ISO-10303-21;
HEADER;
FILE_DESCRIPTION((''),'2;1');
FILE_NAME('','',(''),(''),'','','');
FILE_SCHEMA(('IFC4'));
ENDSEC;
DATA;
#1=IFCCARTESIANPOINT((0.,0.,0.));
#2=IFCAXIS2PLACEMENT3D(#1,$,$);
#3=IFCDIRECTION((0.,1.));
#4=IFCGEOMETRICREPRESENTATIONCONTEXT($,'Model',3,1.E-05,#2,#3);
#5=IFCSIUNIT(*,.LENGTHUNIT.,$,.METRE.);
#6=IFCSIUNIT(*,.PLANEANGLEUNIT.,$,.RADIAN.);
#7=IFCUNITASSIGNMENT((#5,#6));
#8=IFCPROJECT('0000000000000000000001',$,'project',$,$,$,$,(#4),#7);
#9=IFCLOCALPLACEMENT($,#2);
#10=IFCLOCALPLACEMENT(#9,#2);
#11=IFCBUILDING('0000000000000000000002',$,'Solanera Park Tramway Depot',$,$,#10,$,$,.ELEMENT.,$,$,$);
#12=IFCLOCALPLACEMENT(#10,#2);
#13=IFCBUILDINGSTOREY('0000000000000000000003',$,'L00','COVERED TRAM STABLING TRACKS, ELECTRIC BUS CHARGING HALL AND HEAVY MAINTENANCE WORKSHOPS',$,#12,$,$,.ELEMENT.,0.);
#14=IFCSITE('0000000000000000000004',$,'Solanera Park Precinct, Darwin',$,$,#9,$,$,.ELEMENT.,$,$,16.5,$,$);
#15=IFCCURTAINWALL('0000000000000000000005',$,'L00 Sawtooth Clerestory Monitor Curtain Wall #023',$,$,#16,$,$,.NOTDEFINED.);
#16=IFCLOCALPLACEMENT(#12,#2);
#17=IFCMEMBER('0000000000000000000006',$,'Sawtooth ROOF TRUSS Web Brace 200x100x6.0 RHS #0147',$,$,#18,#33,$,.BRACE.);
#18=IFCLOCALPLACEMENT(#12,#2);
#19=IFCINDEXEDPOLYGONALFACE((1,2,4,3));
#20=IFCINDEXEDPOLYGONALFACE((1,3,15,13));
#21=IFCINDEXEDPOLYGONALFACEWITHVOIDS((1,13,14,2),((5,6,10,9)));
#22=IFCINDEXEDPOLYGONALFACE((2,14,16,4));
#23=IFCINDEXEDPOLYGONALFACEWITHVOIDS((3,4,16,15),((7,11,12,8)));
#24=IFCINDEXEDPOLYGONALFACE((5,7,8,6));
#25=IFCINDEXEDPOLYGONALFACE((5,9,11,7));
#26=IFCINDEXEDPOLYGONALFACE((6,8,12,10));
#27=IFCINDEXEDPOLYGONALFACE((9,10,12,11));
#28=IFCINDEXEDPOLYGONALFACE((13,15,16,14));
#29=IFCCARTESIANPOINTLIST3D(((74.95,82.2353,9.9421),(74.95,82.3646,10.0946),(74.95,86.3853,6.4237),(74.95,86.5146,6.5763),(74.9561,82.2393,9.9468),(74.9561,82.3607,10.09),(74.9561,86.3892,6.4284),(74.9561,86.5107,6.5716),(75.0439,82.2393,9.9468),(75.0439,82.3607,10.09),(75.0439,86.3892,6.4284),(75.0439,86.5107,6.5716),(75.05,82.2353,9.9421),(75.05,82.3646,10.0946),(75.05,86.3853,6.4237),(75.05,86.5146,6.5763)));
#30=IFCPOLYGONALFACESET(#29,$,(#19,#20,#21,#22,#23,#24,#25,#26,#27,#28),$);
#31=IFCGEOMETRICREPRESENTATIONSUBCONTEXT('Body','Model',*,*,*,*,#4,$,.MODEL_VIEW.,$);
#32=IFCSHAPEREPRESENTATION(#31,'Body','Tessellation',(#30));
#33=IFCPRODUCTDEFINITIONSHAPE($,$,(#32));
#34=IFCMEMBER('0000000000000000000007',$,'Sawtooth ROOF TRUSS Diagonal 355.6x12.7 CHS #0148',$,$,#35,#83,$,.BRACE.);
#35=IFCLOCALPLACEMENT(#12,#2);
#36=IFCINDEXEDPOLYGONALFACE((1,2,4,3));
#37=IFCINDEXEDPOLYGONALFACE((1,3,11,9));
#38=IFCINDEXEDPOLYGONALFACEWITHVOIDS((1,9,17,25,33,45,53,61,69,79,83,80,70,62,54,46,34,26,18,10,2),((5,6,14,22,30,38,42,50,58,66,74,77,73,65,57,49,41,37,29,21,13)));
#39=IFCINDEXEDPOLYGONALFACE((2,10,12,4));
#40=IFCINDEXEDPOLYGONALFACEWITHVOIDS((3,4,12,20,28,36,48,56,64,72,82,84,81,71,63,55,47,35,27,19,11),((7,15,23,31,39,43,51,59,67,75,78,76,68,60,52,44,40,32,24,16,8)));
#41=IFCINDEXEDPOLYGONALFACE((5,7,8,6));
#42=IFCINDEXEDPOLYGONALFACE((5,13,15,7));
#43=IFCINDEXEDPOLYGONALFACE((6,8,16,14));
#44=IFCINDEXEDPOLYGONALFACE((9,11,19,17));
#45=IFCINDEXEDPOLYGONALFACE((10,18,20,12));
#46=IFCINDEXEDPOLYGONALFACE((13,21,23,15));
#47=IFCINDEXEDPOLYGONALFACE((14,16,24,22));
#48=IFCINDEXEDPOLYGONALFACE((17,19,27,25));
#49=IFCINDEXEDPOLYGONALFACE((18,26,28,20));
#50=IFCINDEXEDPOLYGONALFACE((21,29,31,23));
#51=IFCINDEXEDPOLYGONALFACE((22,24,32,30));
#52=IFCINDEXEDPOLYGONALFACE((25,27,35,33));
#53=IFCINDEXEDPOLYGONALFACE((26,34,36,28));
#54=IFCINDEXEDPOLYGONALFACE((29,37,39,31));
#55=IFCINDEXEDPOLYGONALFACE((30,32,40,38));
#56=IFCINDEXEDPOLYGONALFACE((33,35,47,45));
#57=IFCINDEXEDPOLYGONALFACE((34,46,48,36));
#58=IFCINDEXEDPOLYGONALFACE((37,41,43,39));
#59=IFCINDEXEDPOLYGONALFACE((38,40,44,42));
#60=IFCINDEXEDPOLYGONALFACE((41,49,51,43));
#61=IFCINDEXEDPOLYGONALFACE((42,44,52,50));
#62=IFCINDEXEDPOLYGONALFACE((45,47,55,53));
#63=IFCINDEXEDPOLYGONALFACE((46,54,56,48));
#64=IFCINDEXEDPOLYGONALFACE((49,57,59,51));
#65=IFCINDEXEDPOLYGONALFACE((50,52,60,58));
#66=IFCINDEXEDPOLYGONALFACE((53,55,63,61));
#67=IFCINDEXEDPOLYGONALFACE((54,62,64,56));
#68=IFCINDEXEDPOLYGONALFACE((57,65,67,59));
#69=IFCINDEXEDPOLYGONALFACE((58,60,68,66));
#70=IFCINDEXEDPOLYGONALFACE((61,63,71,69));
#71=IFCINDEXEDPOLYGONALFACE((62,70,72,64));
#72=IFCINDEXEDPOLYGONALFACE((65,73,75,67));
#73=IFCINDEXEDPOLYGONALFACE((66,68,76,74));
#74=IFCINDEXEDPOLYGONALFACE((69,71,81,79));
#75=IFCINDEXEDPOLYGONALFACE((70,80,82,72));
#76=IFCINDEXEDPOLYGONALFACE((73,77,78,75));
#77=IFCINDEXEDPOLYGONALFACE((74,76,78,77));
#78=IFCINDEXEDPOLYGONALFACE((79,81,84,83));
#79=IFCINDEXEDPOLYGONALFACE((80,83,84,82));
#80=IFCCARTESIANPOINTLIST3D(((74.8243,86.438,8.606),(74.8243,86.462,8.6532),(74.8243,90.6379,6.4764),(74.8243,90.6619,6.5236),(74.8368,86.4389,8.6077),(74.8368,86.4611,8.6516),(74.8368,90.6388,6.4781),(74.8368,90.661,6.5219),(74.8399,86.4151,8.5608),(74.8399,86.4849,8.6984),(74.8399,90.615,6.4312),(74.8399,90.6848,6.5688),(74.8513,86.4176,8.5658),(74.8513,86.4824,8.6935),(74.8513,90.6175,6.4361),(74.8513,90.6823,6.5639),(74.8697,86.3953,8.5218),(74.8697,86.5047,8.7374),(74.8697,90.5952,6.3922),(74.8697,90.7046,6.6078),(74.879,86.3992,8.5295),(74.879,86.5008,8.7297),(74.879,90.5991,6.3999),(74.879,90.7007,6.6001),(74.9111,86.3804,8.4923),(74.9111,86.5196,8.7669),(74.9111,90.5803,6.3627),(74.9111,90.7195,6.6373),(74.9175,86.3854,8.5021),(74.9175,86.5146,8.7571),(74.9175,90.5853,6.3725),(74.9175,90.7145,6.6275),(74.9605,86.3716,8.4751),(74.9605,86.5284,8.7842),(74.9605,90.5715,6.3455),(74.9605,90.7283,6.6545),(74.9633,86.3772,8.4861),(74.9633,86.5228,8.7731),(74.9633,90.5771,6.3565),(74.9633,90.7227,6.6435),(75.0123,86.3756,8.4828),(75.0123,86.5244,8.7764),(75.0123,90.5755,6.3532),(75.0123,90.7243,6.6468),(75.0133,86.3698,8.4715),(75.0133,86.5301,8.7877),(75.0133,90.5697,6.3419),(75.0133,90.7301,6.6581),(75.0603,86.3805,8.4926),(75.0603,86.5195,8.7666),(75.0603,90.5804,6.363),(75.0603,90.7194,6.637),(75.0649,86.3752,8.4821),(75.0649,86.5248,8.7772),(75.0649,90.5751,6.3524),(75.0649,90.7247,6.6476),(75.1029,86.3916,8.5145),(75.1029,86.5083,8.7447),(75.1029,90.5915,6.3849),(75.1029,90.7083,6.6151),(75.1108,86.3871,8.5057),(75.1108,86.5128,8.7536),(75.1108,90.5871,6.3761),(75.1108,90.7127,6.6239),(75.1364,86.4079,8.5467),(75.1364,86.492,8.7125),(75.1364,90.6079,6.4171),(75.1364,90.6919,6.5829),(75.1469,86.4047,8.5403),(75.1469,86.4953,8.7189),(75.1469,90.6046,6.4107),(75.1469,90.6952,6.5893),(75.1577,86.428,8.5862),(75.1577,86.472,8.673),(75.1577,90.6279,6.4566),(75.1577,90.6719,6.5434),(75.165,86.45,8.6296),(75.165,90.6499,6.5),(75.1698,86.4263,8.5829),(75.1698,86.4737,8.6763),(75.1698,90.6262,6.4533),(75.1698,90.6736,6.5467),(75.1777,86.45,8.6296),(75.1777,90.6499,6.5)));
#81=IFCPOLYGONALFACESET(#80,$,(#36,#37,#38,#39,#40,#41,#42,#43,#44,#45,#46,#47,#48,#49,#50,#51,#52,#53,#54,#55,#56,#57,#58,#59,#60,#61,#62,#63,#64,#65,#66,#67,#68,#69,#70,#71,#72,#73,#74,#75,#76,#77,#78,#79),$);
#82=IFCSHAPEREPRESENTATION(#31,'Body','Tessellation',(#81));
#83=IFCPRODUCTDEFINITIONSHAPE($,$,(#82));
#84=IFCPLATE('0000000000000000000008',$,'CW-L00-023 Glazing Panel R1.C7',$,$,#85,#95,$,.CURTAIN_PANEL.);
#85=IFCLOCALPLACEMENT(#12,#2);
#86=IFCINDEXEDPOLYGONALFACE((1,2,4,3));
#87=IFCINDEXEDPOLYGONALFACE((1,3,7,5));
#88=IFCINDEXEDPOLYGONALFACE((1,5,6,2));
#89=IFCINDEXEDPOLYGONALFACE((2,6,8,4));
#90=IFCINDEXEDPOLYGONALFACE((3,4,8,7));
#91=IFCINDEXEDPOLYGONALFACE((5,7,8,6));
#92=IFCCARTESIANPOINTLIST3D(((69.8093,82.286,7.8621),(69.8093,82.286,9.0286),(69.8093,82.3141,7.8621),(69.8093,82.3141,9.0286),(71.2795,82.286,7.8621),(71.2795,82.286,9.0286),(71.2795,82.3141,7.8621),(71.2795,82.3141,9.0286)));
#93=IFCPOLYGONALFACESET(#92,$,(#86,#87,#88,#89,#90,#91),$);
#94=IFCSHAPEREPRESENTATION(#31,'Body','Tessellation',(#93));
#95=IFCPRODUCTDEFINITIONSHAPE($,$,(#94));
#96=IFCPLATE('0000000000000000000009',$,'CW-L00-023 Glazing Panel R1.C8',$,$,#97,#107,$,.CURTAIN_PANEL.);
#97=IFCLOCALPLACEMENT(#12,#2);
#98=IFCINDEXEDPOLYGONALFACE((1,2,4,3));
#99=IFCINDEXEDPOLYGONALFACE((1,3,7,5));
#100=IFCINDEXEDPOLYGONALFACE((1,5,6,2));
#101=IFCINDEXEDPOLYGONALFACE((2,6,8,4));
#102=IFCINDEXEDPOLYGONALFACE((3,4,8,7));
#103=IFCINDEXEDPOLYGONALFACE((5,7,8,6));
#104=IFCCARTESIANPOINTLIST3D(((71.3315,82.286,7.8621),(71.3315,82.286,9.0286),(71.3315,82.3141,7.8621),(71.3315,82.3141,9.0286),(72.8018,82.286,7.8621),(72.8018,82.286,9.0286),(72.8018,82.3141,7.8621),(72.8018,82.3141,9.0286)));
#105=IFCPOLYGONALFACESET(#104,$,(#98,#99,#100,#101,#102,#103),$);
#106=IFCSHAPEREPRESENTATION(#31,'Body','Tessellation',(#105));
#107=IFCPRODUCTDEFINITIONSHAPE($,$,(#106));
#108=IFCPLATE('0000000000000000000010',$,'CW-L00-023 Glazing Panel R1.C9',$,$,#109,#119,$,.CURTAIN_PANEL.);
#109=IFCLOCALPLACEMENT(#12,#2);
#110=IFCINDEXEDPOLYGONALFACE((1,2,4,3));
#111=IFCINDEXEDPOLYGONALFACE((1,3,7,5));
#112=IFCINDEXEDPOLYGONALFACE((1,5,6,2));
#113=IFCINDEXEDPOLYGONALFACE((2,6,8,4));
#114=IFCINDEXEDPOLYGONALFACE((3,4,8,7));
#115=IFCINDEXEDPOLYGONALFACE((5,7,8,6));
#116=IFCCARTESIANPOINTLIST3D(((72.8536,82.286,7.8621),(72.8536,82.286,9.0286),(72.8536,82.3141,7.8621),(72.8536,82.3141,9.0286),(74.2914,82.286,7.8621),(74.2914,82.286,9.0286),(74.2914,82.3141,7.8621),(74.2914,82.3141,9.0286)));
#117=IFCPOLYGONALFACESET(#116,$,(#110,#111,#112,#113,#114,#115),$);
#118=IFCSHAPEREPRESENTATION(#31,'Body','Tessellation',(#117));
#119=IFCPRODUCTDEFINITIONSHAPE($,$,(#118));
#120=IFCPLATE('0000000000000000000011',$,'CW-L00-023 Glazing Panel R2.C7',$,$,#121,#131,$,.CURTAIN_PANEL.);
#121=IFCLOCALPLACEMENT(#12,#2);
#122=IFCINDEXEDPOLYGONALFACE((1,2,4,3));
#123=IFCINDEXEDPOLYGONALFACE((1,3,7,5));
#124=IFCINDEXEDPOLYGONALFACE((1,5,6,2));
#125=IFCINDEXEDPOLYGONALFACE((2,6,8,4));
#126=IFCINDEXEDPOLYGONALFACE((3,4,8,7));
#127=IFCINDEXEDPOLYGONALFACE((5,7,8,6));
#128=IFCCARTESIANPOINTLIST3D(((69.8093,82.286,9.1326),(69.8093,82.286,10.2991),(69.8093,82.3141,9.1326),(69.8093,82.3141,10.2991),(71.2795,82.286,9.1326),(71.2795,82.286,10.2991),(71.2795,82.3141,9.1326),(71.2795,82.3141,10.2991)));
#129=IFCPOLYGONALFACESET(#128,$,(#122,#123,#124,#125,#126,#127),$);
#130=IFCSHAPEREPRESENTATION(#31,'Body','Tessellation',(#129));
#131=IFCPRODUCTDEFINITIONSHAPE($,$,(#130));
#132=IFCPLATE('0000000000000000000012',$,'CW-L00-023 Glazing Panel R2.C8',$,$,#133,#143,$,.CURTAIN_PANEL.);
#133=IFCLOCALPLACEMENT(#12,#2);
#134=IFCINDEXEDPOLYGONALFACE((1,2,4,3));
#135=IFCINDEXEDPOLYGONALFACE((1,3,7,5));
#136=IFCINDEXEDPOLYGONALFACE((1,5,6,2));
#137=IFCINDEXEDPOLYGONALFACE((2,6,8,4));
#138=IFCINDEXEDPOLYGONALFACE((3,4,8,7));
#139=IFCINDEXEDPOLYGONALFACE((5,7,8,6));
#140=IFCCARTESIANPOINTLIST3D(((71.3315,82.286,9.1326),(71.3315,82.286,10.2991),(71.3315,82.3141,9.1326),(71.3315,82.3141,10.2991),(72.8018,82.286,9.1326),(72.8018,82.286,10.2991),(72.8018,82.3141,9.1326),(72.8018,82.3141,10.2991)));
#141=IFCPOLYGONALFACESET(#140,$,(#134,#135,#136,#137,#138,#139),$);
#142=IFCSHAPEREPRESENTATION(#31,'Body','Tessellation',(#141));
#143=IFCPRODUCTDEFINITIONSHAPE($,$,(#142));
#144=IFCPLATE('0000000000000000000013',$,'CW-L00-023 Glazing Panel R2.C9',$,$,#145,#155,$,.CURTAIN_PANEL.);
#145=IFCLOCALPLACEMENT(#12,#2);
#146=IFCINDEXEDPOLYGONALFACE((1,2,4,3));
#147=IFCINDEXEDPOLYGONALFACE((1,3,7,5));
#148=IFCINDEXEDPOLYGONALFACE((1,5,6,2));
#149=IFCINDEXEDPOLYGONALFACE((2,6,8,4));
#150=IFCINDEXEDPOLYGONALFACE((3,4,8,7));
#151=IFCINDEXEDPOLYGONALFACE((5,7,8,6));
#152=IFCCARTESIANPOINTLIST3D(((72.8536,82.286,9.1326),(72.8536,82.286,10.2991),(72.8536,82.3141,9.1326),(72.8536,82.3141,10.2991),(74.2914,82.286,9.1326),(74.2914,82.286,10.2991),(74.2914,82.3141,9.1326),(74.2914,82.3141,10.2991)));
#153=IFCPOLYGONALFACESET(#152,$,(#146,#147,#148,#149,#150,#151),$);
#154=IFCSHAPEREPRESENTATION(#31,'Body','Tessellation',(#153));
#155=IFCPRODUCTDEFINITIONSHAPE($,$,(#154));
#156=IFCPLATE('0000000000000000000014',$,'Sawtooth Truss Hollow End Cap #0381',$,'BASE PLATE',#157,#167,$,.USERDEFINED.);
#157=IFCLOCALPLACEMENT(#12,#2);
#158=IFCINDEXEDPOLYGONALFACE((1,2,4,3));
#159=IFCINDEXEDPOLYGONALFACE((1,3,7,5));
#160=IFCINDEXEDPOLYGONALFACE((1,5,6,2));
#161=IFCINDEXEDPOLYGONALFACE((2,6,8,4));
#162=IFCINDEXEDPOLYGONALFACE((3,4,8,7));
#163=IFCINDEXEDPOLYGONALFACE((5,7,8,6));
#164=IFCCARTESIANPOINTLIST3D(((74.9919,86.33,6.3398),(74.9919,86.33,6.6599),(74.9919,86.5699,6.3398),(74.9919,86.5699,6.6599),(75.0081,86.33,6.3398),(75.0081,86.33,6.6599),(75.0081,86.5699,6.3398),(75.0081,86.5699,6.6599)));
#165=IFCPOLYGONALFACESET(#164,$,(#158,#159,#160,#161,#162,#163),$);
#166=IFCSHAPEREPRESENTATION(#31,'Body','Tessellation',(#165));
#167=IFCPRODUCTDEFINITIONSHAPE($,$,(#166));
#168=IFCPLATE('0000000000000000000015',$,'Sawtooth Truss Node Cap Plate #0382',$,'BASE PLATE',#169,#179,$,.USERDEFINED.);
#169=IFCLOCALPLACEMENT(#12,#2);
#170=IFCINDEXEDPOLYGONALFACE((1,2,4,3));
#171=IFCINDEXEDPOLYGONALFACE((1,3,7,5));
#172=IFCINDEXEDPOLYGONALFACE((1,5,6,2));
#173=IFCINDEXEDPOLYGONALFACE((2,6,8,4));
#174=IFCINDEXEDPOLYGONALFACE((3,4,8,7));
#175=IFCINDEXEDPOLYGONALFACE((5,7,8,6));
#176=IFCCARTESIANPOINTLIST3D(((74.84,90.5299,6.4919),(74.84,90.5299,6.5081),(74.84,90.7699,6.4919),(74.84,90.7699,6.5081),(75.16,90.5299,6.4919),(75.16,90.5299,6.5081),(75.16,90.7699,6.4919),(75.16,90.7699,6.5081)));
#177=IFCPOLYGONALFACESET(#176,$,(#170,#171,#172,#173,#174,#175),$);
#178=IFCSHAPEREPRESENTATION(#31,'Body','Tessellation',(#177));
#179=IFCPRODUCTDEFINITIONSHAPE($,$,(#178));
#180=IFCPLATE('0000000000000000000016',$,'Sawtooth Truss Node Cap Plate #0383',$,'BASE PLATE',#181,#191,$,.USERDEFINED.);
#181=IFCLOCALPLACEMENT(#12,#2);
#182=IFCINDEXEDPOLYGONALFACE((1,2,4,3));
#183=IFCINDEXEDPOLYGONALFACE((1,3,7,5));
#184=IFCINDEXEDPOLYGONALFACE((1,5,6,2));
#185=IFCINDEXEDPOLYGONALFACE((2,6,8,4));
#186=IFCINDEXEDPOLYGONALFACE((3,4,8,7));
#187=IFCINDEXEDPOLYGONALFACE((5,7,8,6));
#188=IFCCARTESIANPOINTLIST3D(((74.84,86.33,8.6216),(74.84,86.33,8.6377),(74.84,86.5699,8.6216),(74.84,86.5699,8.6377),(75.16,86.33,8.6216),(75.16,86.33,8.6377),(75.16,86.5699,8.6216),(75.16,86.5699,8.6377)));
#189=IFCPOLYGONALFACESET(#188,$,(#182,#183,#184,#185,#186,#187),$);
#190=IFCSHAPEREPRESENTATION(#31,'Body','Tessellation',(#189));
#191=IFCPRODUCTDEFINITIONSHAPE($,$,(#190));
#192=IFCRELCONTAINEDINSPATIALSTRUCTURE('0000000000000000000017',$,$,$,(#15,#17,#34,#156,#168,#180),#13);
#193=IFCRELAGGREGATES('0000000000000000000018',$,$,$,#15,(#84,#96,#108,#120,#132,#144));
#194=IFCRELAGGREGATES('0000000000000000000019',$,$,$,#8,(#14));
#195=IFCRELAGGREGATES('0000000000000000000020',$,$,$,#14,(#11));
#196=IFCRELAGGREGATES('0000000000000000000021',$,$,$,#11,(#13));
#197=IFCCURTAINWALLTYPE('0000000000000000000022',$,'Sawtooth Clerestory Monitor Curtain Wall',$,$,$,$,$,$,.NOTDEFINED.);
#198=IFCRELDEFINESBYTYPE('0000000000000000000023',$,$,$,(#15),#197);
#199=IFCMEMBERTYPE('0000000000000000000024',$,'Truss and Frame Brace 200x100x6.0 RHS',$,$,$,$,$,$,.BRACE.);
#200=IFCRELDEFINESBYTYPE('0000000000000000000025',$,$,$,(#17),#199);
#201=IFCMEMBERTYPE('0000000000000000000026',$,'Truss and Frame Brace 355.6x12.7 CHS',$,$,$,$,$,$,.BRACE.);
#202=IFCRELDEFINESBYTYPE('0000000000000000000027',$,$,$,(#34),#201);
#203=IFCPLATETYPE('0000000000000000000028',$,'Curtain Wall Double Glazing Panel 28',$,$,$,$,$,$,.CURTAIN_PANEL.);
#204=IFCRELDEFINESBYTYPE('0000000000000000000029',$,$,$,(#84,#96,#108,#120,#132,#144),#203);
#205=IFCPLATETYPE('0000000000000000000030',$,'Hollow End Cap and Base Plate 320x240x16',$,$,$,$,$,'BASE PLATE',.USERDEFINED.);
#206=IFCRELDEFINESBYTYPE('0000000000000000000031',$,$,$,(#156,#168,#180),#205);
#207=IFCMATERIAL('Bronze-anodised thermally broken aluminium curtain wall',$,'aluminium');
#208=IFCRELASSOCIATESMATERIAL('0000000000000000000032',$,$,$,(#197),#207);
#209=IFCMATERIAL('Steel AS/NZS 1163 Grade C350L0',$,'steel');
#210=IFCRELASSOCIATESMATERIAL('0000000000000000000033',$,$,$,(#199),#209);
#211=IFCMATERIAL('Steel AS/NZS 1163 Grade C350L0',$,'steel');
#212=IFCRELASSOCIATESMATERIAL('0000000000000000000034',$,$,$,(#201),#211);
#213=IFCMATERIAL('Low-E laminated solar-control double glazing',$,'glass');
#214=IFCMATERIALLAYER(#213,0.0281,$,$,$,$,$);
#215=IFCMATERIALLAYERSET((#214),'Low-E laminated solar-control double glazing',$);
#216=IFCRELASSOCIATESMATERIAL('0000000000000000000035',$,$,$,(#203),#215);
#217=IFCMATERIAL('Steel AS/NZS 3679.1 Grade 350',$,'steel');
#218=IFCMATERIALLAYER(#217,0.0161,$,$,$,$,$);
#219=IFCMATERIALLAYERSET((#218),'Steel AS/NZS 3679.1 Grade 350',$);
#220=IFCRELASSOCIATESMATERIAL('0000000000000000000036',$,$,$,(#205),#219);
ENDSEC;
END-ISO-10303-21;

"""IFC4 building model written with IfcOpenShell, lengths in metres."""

from ifc_helpers import new_model, si_unit, direction, frame, origin, origin_2d, place, context, subcontext, project, spatial, rectangle, hollow_rectangle, hollow_circle, extrude, material, layer, layer_set, material_profile, profile_set, type_object, element, aggregate, save


model = new_model("IFC4")

# Units and contexts
model_context = context("Model", 3, precision=1e-05, world=origin(), true_north=direction((0.0, 1.0)))
body_context = subcontext(model_context, "Body", "Model", "MODEL_VIEW")
ifc_project = project(units=[si_unit("LENGTHUNIT", "METRE"), si_unit("PLANEANGLEUNIT", "RADIAN")], contexts=[model_context])

# Site, building, storey
site_placement = place(None, origin())
site = spatial("IfcSite", under=ifc_project, at=site_placement, Name="Solanera Park Precinct, Darwin", CompositionType="ELEMENT", RefElevation=16.5)
building_placement = place(site_placement, origin())
building = spatial("IfcBuilding", under=site, at=building_placement, Name="Solanera Park Tramway Depot", CompositionType="ELEMENT")
storey_placement = place(building_placement, origin())
storey = spatial("IfcBuildingStorey", under=building, at=storey_placement, Name="L00", Description="COVERED TRAM STABLING TRACKS, ELECTRIC BUS CHARGING HALL AND HEAVY MAINTENANCE WORKSHOPS", CompositionType="ELEMENT", Elevation=0.0)

# Curtain wall
ifc_material_1 = material(Name="Bronze-anodised thermally broken aluminium curtain wall", Category="aluminium")
curtain_wall_type = type_object("IfcCurtainWallType", Name="Sawtooth Clerestory Monitor Curtain Wall", PredefinedType="NOTDEFINED", material=ifc_material_1)
curtain_wall_placement = place(storey_placement, origin())
curtain_wall = element("IfcCurtainWall", 1, at=curtain_wall_placement, inside=storey, type_object=curtain_wall_type, Name="L00 Sawtooth Clerestory Monitor Curtain Wall #023", PredefinedType="NOTDEFINED")

# Members
ifc_material_2 = material(Name="Steel AS/NZS 1163 Grade C350L0", Category="steel")
ifc_material_profile_1 = material_profile(ifc_material_2, hollow_rectangle(XDim=0.1001, YDim=0.2, WallThickness=0.0061, at=origin_2d()), Name="200x100x6.0 RHS")
ifc_profile_set_1 = profile_set([ifc_material_profile_1], Name="Steel AS/NZS 1163 Grade C350L0")
member_type_1 = type_object("IfcMemberType", Name="Truss and Frame Brace 200x100x6.0 RHS", PredefinedType="BRACE", material=ifc_profile_set_1)
member_1_placement = place(storey_placement, frame((75.0, 86.45, 6.5), z_axis=(0.0, -0.762765, 0.646676), x_axis=(1.0, 0.0, 0.0)))
element("IfcMember", 2, at=member_1_placement, inside=storey, type_object=member_type_1, Name="Sawtooth ROOF TRUSS Web Brace 200x100x6.0 RHS #0147", PredefinedType="BRACE", context=body_context, shape_type="SweptSolid", body=[
    extrude(hollow_rectangle(XDim=0.1001, YDim=0.2, WallThickness=0.0061, at=origin_2d()), origin(), (0.0, 0.0, 1.0), 5.4407),
])
ifc_material_3 = material(Name="Steel AS/NZS 1163 Grade C350L0", Category="steel")
ifc_material_profile_2 = material_profile(ifc_material_3, hollow_circle(Radius=0.1777, WallThickness=0.0127, at=origin_2d()), Name="355.6x12.7 CHS")
ifc_profile_set_2 = profile_set([ifc_material_profile_2], Name="Steel AS/NZS 1163 Grade C350L0")
member_type_2 = type_object("IfcMemberType", Name="Truss and Frame Brace 355.6x12.7 CHS", PredefinedType="BRACE", material=ifc_profile_set_2)
member_2_placement = place(storey_placement, frame((75.0, 90.6499, 6.5), z_axis=(0.0, -0.891893, 0.452246), x_axis=(1.0, 0.0, 0.0)))
element("IfcMember", 3, at=member_2_placement, inside=storey, type_object=member_type_2, Name="Sawtooth ROOF TRUSS Diagonal 355.6x12.7 CHS #0148", PredefinedType="BRACE", context=body_context, shape_type="SweptSolid", body=[
    extrude(hollow_circle(Radius=0.1777, WallThickness=0.0127, at=origin_2d()), origin(), (0.0, 0.0, 1.0), 4.709),
])

# Plates
ifc_material_4 = material(Name="Low-E laminated solar-control double glazing", Category="glass")
ifc_layer_1 = layer(ifc_material_4, 0.0281)
ifc_layer_set_1 = layer_set([ifc_layer_1], Name="Low-E laminated solar-control double glazing")
plate_type_1 = type_object("IfcPlateType", Name="Curtain Wall Double Glazing Panel 28", PredefinedType="CURTAIN_PANEL", material=ifc_layer_set_1)
plate_1_placement = place(storey_placement, frame((70.5444, 82.3, 7.8621), z_axis=(0.0, 0.0, 1.0), x_axis=(1.0, 0.0, 0.0)))
plate_1 = element("IfcPlate", 4, at=plate_1_placement, type_object=plate_type_1, Name="CW-L00-023 Glazing Panel R1.C7", PredefinedType="CURTAIN_PANEL", context=body_context, shape_type="SweptSolid", body=[
    extrude(rectangle(XDim=1.4702, YDim=0.0281, at=origin_2d()), origin(), (0.0, 0.0, 1.0), 1.1665),
])
plate_2_placement = place(storey_placement, frame((72.0667, 82.3, 7.8621), z_axis=(0.0, 0.0, 1.0), x_axis=(1.0, 0.0, 0.0)))
plate_2 = element("IfcPlate", 5, at=plate_2_placement, type_object=plate_type_1, Name="CW-L00-023 Glazing Panel R1.C8", PredefinedType="CURTAIN_PANEL", context=body_context, shape_type="SweptSolid", body=[
    extrude(rectangle(XDim=1.4702, YDim=0.0281, at=origin_2d()), origin(), (0.0, 0.0, 1.0), 1.1665),
])
plate_3_placement = place(storey_placement, frame((73.5725, 82.3, 7.8621), z_axis=(0.0, 0.0, 1.0), x_axis=(1.0, 0.0, 0.0)))
plate_3 = element("IfcPlate", 6, at=plate_3_placement, type_object=plate_type_1, Name="CW-L00-023 Glazing Panel R1.C9", PredefinedType="CURTAIN_PANEL", context=body_context, shape_type="SweptSolid", body=[
    extrude(rectangle(XDim=1.4377, YDim=0.0281, at=origin_2d()), origin(), (0.0, 0.0, 1.0), 1.1665),
])
plate_4_placement = place(storey_placement, frame((70.5444, 82.3, 9.1326), z_axis=(0.0, 0.0, 1.0), x_axis=(1.0, 0.0, 0.0)))
plate_4 = element("IfcPlate", 7, at=plate_4_placement, type_object=plate_type_1, Name="CW-L00-023 Glazing Panel R2.C7", PredefinedType="CURTAIN_PANEL", context=body_context, shape_type="SweptSolid", body=[
    extrude(rectangle(XDim=1.4702, YDim=0.0281, at=origin_2d()), origin(), (0.0, 0.0, 1.0), 1.1665),
])
plate_5_placement = place(storey_placement, frame((72.0667, 82.3, 9.1326), z_axis=(0.0, 0.0, 1.0), x_axis=(1.0, 0.0, 0.0)))
plate_5 = element("IfcPlate", 8, at=plate_5_placement, type_object=plate_type_1, Name="CW-L00-023 Glazing Panel R2.C8", PredefinedType="CURTAIN_PANEL", context=body_context, shape_type="SweptSolid", body=[
    extrude(rectangle(XDim=1.4702, YDim=0.0281, at=origin_2d()), origin(), (0.0, 0.0, 1.0), 1.1665),
])
plate_6_placement = place(storey_placement, frame((73.5725, 82.3, 9.1326), z_axis=(0.0, 0.0, 1.0), x_axis=(1.0, 0.0, 0.0)))
plate_6 = element("IfcPlate", 9, at=plate_6_placement, type_object=plate_type_1, Name="CW-L00-023 Glazing Panel R2.C9", PredefinedType="CURTAIN_PANEL", context=body_context, shape_type="SweptSolid", body=[
    extrude(rectangle(XDim=1.4377, YDim=0.0281, at=origin_2d()), origin(), (0.0, 0.0, 1.0), 1.1665),
])
aggregate(curtain_wall, [plate_1, plate_2, plate_3, plate_4, plate_5, plate_6])

# Plates
ifc_material_5 = material(Name="Steel AS/NZS 3679.1 Grade 350", Category="steel")
ifc_layer_2 = layer(ifc_material_5, 0.0161)
ifc_layer_set_2 = layer_set([ifc_layer_2], Name="Steel AS/NZS 3679.1 Grade 350")
plate_type_2 = type_object("IfcPlateType", Name="Hollow End Cap and Base Plate 320x240x16", ElementType="BASE PLATE", PredefinedType="USERDEFINED", material=ifc_layer_set_2)
plate_7_placement = place(storey_placement, frame((75.0, 86.45, 6.3398), z_axis=(0.0, 0.0, 1.0), x_axis=(1.0, 0.0, 0.0)))
element("IfcPlate", 10, at=plate_7_placement, inside=storey, type_object=plate_type_2, Name="Sawtooth Truss Hollow End Cap #0381", ObjectType="BASE PLATE", PredefinedType="USERDEFINED", context=body_context, shape_type="SweptSolid", body=[
    extrude(rectangle(XDim=0.0161, YDim=0.24, at=origin_2d()), origin(), (0.0, 0.0, 1.0), 0.3201),
])
for number, where, z_axis, x_axis, name in (
    (11, (75.0, 90.6499, 6.4919), (0.0, 0.0, 1.0), (1.0, 0.0, 0.0), "Sawtooth Truss Node Cap Plate #0382"),
    (12, (75.0, 86.45, 8.6216), (0.0, 0.0, 1.0), (1.0, 0.0, 0.0), "Sawtooth Truss Node Cap Plate #0383"),
):
    element("IfcPlate", number, at=place(storey_placement, frame(where, z_axis=z_axis, x_axis=x_axis)), inside=storey, type_object=plate_type_2, Name=name, ObjectType="BASE PLATE", PredefinedType="USERDEFINED", context=body_context, shape_type="SweptSolid", body=[
        extrude(rectangle(XDim=0.3201, YDim=0.24, at=origin_2d()), origin(), (0.0, 0.0, 1.0), 0.0161),
    ])

save(model, "model.ifc")
